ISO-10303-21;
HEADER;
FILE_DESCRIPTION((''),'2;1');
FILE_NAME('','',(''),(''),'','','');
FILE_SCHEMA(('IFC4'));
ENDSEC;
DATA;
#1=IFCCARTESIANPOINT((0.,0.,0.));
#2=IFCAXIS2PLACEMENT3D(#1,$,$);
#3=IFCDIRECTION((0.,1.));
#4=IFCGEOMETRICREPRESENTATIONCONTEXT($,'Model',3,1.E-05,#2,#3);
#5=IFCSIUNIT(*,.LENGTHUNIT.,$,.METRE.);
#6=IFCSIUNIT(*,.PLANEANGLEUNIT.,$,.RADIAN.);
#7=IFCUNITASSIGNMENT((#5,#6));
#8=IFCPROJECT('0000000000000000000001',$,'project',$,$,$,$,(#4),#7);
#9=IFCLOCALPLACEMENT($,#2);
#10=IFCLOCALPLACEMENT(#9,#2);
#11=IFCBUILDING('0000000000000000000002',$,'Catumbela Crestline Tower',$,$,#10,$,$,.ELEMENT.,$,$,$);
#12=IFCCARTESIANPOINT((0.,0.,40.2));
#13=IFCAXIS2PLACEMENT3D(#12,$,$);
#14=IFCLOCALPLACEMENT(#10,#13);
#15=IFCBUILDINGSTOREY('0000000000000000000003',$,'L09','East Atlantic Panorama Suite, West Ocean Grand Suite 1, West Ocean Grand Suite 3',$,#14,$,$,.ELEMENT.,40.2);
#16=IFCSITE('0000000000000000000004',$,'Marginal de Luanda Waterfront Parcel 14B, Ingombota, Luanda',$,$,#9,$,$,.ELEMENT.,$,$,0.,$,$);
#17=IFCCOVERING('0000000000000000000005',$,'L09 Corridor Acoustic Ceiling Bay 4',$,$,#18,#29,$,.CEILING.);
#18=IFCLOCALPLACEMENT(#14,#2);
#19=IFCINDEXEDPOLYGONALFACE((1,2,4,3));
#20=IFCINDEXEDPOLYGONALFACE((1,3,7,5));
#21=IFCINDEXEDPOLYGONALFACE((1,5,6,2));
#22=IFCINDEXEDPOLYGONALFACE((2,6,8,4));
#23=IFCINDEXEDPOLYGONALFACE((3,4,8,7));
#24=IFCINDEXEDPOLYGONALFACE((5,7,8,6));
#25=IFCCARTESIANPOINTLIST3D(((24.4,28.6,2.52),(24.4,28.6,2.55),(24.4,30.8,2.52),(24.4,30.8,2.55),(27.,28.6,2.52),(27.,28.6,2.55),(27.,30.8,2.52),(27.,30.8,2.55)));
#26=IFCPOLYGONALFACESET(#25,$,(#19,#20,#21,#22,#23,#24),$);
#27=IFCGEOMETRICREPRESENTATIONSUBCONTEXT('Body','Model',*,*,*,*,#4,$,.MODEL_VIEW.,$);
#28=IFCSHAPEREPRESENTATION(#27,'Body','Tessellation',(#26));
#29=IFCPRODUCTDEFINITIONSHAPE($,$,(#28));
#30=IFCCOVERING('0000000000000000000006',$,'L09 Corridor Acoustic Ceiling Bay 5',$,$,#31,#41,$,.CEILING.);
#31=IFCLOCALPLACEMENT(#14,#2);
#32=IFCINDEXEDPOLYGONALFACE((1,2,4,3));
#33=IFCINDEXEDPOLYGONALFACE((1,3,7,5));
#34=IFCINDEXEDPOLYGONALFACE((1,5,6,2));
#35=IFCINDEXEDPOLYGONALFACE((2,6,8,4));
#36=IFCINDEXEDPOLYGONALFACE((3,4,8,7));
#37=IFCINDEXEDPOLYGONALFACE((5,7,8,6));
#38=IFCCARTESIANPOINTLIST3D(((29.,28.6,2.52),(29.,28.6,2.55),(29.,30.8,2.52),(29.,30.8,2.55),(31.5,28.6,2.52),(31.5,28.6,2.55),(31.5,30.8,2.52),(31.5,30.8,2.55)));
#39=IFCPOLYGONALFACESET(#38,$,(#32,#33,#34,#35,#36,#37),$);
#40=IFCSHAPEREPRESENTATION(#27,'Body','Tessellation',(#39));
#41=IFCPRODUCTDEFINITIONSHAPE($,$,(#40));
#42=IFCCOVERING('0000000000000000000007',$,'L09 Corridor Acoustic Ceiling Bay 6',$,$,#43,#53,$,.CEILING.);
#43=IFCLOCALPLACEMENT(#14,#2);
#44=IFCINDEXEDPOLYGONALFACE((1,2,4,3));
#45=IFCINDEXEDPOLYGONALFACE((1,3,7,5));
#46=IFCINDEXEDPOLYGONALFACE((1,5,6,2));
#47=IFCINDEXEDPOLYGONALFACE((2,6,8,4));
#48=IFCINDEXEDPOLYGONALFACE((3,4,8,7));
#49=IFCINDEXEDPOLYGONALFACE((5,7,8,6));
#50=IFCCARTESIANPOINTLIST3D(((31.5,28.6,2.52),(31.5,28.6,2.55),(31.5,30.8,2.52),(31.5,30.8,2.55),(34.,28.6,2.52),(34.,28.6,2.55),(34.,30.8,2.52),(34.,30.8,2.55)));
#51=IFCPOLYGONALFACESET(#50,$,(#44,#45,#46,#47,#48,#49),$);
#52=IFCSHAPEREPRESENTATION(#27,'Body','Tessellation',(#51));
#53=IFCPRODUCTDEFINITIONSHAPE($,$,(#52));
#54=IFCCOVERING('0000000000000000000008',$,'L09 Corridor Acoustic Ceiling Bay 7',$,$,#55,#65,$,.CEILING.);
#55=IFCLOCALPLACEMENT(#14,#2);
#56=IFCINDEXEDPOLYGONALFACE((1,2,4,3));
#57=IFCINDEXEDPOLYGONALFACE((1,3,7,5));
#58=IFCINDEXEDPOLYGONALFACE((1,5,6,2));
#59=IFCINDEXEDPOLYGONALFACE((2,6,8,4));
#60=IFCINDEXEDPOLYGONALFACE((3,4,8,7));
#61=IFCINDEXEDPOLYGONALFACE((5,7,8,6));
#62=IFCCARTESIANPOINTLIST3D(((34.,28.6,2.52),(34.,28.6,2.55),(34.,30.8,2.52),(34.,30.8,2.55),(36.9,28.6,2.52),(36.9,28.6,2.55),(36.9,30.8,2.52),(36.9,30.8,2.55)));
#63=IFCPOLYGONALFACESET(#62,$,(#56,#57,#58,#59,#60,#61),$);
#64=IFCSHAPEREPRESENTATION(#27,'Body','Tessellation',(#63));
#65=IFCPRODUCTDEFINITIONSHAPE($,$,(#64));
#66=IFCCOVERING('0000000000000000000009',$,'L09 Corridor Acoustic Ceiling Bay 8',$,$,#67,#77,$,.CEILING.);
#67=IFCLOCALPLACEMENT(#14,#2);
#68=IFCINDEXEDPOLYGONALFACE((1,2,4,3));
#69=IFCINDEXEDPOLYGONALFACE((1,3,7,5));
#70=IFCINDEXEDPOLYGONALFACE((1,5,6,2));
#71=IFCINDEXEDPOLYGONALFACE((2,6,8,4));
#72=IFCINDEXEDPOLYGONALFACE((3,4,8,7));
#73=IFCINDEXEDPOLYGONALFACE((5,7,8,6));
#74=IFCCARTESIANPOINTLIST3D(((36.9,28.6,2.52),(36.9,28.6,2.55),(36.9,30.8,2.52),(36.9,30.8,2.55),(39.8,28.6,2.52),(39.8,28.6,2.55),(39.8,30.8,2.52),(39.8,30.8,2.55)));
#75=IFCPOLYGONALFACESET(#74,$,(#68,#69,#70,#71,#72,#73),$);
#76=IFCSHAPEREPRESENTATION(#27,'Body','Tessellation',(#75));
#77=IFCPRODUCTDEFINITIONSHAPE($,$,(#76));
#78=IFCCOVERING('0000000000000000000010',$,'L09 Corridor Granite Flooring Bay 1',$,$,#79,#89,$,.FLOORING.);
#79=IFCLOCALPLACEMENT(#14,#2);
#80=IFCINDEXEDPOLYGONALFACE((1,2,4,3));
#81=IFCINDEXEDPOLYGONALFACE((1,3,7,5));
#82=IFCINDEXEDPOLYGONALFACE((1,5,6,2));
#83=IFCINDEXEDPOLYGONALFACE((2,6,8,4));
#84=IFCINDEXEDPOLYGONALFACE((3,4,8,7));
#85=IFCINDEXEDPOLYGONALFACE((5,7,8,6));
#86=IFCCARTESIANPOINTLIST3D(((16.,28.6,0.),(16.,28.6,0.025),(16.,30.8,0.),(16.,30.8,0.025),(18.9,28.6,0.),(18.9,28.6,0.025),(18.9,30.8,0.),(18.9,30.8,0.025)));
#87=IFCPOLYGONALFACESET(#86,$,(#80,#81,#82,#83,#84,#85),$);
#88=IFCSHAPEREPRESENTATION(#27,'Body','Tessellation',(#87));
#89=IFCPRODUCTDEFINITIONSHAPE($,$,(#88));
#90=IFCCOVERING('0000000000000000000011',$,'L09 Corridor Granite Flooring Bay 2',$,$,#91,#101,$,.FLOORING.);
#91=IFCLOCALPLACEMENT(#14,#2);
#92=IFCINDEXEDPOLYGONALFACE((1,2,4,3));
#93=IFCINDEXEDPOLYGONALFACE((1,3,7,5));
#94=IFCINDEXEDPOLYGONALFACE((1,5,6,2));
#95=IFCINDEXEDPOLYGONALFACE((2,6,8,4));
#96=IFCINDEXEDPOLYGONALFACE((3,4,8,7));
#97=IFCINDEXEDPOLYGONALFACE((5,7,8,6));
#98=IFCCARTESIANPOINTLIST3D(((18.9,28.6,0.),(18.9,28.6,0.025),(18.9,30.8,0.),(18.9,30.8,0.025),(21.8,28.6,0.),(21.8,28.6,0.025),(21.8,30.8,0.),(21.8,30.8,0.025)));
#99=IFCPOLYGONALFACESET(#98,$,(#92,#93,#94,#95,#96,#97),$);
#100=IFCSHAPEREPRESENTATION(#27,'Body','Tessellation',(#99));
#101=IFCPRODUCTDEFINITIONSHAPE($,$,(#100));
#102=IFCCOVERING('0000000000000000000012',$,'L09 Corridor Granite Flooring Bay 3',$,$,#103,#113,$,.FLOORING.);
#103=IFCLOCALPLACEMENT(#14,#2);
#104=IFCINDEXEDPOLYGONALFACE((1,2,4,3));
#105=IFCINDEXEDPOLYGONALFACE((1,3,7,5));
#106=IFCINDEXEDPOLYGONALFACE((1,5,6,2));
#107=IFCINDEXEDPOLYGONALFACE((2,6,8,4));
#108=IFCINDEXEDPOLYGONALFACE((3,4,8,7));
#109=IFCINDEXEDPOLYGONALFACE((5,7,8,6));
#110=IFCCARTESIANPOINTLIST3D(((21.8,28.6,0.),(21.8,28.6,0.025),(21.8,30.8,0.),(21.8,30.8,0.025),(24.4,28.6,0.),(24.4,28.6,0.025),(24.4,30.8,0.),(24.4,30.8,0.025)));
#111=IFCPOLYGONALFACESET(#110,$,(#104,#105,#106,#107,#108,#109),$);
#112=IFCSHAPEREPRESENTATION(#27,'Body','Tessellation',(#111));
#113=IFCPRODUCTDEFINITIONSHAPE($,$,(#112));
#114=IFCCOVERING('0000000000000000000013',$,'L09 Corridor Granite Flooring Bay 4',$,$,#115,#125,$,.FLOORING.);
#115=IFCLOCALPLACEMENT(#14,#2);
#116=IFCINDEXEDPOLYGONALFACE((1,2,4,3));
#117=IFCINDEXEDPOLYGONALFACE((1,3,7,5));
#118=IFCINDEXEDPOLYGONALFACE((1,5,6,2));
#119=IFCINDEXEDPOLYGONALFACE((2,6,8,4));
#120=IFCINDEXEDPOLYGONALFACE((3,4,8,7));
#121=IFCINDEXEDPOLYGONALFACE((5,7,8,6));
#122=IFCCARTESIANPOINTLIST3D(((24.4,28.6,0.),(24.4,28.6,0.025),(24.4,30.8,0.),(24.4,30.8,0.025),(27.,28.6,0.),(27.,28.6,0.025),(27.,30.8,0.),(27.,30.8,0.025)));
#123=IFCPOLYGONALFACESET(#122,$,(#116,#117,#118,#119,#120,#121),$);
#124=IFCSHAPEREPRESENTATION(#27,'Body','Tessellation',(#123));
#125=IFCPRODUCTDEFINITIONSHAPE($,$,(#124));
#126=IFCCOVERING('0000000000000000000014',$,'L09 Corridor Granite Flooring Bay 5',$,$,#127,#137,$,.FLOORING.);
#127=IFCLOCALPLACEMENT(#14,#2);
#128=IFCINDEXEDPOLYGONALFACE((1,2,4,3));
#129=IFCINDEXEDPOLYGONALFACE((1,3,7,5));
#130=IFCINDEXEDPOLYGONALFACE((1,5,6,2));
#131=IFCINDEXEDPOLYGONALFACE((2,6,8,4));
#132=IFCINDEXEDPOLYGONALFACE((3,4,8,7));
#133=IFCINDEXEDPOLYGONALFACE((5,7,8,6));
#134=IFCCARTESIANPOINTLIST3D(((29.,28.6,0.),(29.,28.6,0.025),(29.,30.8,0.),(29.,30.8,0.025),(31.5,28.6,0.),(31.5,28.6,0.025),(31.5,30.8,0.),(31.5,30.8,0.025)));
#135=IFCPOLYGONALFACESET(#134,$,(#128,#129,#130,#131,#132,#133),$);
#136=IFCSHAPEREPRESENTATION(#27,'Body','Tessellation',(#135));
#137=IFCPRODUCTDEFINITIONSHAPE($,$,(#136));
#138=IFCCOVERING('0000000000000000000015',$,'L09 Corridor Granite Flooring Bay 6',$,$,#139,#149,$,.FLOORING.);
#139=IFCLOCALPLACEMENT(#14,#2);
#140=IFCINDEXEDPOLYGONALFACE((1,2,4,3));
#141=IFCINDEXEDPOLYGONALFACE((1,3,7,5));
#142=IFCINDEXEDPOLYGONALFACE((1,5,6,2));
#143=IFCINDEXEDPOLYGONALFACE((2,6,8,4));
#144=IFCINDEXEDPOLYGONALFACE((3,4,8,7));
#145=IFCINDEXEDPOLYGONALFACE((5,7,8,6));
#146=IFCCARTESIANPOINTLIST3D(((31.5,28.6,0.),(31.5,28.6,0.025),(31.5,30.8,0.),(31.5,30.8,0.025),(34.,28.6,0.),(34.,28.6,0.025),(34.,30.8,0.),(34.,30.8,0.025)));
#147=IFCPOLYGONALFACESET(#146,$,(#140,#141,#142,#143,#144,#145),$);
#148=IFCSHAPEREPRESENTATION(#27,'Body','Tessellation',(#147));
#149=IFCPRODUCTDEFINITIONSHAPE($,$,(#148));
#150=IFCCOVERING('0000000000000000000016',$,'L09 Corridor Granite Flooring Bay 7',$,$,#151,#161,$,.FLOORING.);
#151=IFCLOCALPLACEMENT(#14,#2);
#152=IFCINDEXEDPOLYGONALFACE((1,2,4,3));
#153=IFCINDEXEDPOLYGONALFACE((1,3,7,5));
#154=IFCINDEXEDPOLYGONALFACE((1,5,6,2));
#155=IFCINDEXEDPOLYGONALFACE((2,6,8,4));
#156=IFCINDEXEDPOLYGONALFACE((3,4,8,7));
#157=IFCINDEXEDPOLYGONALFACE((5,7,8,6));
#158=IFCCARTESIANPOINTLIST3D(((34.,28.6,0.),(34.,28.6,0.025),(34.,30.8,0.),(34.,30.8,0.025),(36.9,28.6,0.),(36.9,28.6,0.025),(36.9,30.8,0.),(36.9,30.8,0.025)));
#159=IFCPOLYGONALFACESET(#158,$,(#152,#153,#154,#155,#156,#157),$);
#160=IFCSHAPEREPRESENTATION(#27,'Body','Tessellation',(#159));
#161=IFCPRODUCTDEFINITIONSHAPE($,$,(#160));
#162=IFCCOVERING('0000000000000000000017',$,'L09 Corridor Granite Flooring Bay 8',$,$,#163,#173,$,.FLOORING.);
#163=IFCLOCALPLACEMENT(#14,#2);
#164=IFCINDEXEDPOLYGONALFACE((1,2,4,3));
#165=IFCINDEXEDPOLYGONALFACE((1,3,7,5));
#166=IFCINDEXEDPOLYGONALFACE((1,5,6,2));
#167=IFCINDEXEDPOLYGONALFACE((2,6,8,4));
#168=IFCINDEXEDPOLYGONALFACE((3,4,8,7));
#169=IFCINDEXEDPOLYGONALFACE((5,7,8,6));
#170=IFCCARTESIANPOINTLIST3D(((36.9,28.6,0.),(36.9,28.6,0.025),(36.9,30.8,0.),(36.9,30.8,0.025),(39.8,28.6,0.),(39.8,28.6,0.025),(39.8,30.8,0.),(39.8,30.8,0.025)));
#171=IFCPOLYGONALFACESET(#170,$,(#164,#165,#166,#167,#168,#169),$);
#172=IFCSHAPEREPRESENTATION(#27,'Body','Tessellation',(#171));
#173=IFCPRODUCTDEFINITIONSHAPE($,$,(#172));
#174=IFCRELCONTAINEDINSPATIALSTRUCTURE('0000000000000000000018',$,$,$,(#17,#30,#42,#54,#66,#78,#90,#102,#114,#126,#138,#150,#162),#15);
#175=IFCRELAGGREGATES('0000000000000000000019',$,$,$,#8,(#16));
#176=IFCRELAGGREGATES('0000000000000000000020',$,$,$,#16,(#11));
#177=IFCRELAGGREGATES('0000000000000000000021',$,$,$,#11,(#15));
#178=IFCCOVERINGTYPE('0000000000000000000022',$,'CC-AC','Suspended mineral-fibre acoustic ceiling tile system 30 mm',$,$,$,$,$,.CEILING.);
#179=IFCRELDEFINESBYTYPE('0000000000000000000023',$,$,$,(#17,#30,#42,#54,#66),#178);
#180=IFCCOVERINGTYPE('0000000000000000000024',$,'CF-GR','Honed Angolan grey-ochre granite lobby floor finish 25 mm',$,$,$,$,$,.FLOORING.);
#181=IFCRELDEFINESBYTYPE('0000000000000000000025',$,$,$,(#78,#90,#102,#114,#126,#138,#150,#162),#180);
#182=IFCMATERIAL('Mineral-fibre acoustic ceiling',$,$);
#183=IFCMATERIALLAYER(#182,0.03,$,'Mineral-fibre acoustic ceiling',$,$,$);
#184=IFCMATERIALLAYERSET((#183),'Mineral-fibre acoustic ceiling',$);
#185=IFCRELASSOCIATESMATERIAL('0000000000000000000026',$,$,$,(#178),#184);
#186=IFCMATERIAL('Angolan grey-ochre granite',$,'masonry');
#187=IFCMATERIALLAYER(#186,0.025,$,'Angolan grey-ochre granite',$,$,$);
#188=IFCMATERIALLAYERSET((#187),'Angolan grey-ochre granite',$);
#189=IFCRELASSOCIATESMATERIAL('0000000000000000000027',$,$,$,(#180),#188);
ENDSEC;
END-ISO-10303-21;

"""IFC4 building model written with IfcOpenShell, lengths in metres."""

from ifc_helpers import new_model, si_unit, direction, frame, origin, place, context, subcontext, project, spatial, polyline, outline, extrude, material, layer, layer_set, type_object, element, save


model = new_model("IFC4")

# Units and contexts
model_context = context("Model", 3, precision=1e-05, world=origin(), true_north=direction((0.0, 1.0)))
body_context = subcontext(model_context, "Body", "Model", "MODEL_VIEW")
ifc_project = project(units=[si_unit("LENGTHUNIT", "METRE"), si_unit("PLANEANGLEUNIT", "RADIAN")], contexts=[model_context])

# Site, building, storey
site_placement = place(None, origin())
site = spatial("IfcSite", under=ifc_project, at=site_placement, Name="Marginal de Luanda Waterfront Parcel 14B, Ingombota, Luanda", CompositionType="ELEMENT", RefElevation=0.0)
building_placement = place(site_placement, origin())
building = spatial("IfcBuilding", under=site, at=building_placement, Name="Catumbela Crestline Tower", CompositionType="ELEMENT")
storey_placement = place(building_placement, frame((0.0, 0.0, 40.2)))
storey = spatial("IfcBuildingStorey", under=building, at=storey_placement, Name="L09", Description="East Atlantic Panorama Suite, West Ocean Grand Suite 1, West Ocean Grand Suite 3", CompositionType="ELEMENT", Elevation=40.2)

# Shared definitions
ifc_material_1 = material(Name="Angolan grey-ochre granite", Category="masonry")

# Coverings
ifc_material_2 = material(Name="Mineral-fibre acoustic ceiling")
ifc_layer_1 = layer(ifc_material_2, 0.03, Name="Mineral-fibre acoustic ceiling")
ifc_layer_set_1 = layer_set([ifc_layer_1], Name="Mineral-fibre acoustic ceiling")
covering_type_1 = type_object("IfcCoveringType", Name="CC-AC", Description="Suspended mineral-fibre acoustic ceiling tile system 30 mm", PredefinedType="CEILING", material=ifc_layer_set_1)
covering_1_placement = place(storey_placement, frame((0.0, 0.0, 2.52)))
element("IfcCovering", 1, at=covering_1_placement, inside=storey, type_object=covering_type_1, Name="L09 Corridor Acoustic Ceiling Bay 4", PredefinedType="CEILING", context=body_context, shape_type="SweptSolid", body=[
    extrude(outline(polyline([(24.4, 28.6), (27.0, 28.6), (27.0, 30.8), (24.4, 30.8), (24.4, 28.6)])), origin(), (0.0, 0.0, 1.0), 0.03),
])
covering_2_placement = place(storey_placement, frame((0.0, 0.0, 2.52)))
element("IfcCovering", 2, at=covering_2_placement, inside=storey, type_object=covering_type_1, Name="L09 Corridor Acoustic Ceiling Bay 5", PredefinedType="CEILING", context=body_context, shape_type="SweptSolid", body=[
    extrude(outline(polyline([(29.0, 28.6), (31.5, 28.6), (31.5, 30.8), (29.0, 30.8), (29.0, 28.6)])), origin(), (0.0, 0.0, 1.0), 0.03),
])
covering_3_placement = place(storey_placement, frame((0.0, 0.0, 2.52)))
element("IfcCovering", 3, at=covering_3_placement, inside=storey, type_object=covering_type_1, Name="L09 Corridor Acoustic Ceiling Bay 6", PredefinedType="CEILING", context=body_context, shape_type="SweptSolid", body=[
    extrude(outline(polyline([(31.5, 28.6), (34.0, 28.6), (34.0, 30.8), (31.5, 30.8), (31.5, 28.6)])), origin(), (0.0, 0.0, 1.0), 0.03),
])
covering_4_placement = place(storey_placement, frame((0.0, 0.0, 2.52)))
element("IfcCovering", 4, at=covering_4_placement, inside=storey, type_object=covering_type_1, Name="L09 Corridor Acoustic Ceiling Bay 7", PredefinedType="CEILING", context=body_context, shape_type="SweptSolid", body=[
    extrude(outline(polyline([(34.0, 28.6), (36.9, 28.6), (36.9, 30.8), (34.0, 30.8), (34.0, 28.6)])), origin(), (0.0, 0.0, 1.0), 0.03),
])
covering_5_placement = place(storey_placement, frame((0.0, 0.0, 2.52)))
element("IfcCovering", 5, at=covering_5_placement, inside=storey, type_object=covering_type_1, Name="L09 Corridor Acoustic Ceiling Bay 8", PredefinedType="CEILING", context=body_context, shape_type="SweptSolid", body=[
    extrude(outline(polyline([(36.9, 28.6), (39.8, 28.6), (39.8, 30.8), (36.9, 30.8), (36.9, 28.6)])), origin(), (0.0, 0.0, 1.0), 0.03),
])
ifc_layer_2 = layer(ifc_material_1, 0.025, Name="Angolan grey-ochre granite")
ifc_layer_set_2 = layer_set([ifc_layer_2], Name="Angolan grey-ochre granite")
covering_type_2 = type_object("IfcCoveringType", Name="CF-GR", Description="Honed Angolan grey-ochre granite lobby floor finish 25 mm", PredefinedType="FLOORING", material=ifc_layer_set_2)
covering_6_placement = place(storey_placement, origin())
element("IfcCovering", 6, at=covering_6_placement, inside=storey, type_object=covering_type_2, Name="L09 Corridor Granite Flooring Bay 1", PredefinedType="FLOORING", context=body_context, shape_type="SweptSolid", body=[
    extrude(outline(polyline([(16.0, 28.6), (18.9, 28.6), (18.9, 30.8), (16.0, 30.8), (16.0, 28.6)])), origin(), (0.0, 0.0, 1.0), 0.025),
])
covering_7_placement = place(storey_placement, origin())
element("IfcCovering", 7, at=covering_7_placement, inside=storey, type_object=covering_type_2, Name="L09 Corridor Granite Flooring Bay 2", PredefinedType="FLOORING", context=body_context, shape_type="SweptSolid", body=[
    extrude(outline(polyline([(18.9, 28.6), (21.8, 28.6), (21.8, 30.8), (18.9, 30.8), (18.9, 28.6)])), origin(), (0.0, 0.0, 1.0), 0.025),
])
covering_8_placement = place(storey_placement, origin())
element("IfcCovering", 8, at=covering_8_placement, inside=storey, type_object=covering_type_2, Name="L09 Corridor Granite Flooring Bay 3", PredefinedType="FLOORING", context=body_context, shape_type="SweptSolid", body=[
    extrude(outline(polyline([(21.8, 28.6), (24.4, 28.6), (24.4, 30.8), (21.8, 30.8), (21.8, 28.6)])), origin(), (0.0, 0.0, 1.0), 0.025),
])
covering_9_placement = place(storey_placement, origin())
element("IfcCovering", 9, at=covering_9_placement, inside=storey, type_object=covering_type_2, Name="L09 Corridor Granite Flooring Bay 4", PredefinedType="FLOORING", context=body_context, shape_type="SweptSolid", body=[
    extrude(outline(polyline([(24.4, 28.6), (27.0, 28.6), (27.0, 30.8), (24.4, 30.8), (24.4, 28.6)])), origin(), (0.0, 0.0, 1.0), 0.025),
])
covering_10_placement = place(storey_placement, origin())
element("IfcCovering", 10, at=covering_10_placement, inside=storey, type_object=covering_type_2, Name="L09 Corridor Granite Flooring Bay 5", PredefinedType="FLOORING", context=body_context, shape_type="SweptSolid", body=[
    extrude(outline(polyline([(29.0, 28.6), (31.5, 28.6), (31.5, 30.8), (29.0, 30.8), (29.0, 28.6)])), origin(), (0.0, 0.0, 1.0), 0.025),
])
covering_11_placement = place(storey_placement, origin())
element("IfcCovering", 11, at=covering_11_placement, inside=storey, type_object=covering_type_2, Name="L09 Corridor Granite Flooring Bay 6", PredefinedType="FLOORING", context=body_context, shape_type="SweptSolid", body=[
    extrude(outline(polyline([(31.5, 28.6), (34.0, 28.6), (34.0, 30.8), (31.5, 30.8), (31.5, 28.6)])), origin(), (0.0, 0.0, 1.0), 0.025),
])
covering_12_placement = place(storey_placement, origin())
element("IfcCovering", 12, at=covering_12_placement, inside=storey, type_object=covering_type_2, Name="L09 Corridor Granite Flooring Bay 7", PredefinedType="FLOORING", context=body_context, shape_type="SweptSolid", body=[
    extrude(outline(polyline([(34.0, 28.6), (36.9, 28.6), (36.9, 30.8), (34.0, 30.8), (34.0, 28.6)])), origin(), (0.0, 0.0, 1.0), 0.025),
])
covering_13_placement = place(storey_placement, origin())
element("IfcCovering", 13, at=covering_13_placement, inside=storey, type_object=covering_type_2, Name="L09 Corridor Granite Flooring Bay 8", PredefinedType="FLOORING", context=body_context, shape_type="SweptSolid", body=[
    extrude(outline(polyline([(36.9, 28.6), (39.8, 28.6), (39.8, 30.8), (36.9, 30.8), (36.9, 28.6)])), origin(), (0.0, 0.0, 1.0), 0.025),
])

save(model, "model.ifc")
